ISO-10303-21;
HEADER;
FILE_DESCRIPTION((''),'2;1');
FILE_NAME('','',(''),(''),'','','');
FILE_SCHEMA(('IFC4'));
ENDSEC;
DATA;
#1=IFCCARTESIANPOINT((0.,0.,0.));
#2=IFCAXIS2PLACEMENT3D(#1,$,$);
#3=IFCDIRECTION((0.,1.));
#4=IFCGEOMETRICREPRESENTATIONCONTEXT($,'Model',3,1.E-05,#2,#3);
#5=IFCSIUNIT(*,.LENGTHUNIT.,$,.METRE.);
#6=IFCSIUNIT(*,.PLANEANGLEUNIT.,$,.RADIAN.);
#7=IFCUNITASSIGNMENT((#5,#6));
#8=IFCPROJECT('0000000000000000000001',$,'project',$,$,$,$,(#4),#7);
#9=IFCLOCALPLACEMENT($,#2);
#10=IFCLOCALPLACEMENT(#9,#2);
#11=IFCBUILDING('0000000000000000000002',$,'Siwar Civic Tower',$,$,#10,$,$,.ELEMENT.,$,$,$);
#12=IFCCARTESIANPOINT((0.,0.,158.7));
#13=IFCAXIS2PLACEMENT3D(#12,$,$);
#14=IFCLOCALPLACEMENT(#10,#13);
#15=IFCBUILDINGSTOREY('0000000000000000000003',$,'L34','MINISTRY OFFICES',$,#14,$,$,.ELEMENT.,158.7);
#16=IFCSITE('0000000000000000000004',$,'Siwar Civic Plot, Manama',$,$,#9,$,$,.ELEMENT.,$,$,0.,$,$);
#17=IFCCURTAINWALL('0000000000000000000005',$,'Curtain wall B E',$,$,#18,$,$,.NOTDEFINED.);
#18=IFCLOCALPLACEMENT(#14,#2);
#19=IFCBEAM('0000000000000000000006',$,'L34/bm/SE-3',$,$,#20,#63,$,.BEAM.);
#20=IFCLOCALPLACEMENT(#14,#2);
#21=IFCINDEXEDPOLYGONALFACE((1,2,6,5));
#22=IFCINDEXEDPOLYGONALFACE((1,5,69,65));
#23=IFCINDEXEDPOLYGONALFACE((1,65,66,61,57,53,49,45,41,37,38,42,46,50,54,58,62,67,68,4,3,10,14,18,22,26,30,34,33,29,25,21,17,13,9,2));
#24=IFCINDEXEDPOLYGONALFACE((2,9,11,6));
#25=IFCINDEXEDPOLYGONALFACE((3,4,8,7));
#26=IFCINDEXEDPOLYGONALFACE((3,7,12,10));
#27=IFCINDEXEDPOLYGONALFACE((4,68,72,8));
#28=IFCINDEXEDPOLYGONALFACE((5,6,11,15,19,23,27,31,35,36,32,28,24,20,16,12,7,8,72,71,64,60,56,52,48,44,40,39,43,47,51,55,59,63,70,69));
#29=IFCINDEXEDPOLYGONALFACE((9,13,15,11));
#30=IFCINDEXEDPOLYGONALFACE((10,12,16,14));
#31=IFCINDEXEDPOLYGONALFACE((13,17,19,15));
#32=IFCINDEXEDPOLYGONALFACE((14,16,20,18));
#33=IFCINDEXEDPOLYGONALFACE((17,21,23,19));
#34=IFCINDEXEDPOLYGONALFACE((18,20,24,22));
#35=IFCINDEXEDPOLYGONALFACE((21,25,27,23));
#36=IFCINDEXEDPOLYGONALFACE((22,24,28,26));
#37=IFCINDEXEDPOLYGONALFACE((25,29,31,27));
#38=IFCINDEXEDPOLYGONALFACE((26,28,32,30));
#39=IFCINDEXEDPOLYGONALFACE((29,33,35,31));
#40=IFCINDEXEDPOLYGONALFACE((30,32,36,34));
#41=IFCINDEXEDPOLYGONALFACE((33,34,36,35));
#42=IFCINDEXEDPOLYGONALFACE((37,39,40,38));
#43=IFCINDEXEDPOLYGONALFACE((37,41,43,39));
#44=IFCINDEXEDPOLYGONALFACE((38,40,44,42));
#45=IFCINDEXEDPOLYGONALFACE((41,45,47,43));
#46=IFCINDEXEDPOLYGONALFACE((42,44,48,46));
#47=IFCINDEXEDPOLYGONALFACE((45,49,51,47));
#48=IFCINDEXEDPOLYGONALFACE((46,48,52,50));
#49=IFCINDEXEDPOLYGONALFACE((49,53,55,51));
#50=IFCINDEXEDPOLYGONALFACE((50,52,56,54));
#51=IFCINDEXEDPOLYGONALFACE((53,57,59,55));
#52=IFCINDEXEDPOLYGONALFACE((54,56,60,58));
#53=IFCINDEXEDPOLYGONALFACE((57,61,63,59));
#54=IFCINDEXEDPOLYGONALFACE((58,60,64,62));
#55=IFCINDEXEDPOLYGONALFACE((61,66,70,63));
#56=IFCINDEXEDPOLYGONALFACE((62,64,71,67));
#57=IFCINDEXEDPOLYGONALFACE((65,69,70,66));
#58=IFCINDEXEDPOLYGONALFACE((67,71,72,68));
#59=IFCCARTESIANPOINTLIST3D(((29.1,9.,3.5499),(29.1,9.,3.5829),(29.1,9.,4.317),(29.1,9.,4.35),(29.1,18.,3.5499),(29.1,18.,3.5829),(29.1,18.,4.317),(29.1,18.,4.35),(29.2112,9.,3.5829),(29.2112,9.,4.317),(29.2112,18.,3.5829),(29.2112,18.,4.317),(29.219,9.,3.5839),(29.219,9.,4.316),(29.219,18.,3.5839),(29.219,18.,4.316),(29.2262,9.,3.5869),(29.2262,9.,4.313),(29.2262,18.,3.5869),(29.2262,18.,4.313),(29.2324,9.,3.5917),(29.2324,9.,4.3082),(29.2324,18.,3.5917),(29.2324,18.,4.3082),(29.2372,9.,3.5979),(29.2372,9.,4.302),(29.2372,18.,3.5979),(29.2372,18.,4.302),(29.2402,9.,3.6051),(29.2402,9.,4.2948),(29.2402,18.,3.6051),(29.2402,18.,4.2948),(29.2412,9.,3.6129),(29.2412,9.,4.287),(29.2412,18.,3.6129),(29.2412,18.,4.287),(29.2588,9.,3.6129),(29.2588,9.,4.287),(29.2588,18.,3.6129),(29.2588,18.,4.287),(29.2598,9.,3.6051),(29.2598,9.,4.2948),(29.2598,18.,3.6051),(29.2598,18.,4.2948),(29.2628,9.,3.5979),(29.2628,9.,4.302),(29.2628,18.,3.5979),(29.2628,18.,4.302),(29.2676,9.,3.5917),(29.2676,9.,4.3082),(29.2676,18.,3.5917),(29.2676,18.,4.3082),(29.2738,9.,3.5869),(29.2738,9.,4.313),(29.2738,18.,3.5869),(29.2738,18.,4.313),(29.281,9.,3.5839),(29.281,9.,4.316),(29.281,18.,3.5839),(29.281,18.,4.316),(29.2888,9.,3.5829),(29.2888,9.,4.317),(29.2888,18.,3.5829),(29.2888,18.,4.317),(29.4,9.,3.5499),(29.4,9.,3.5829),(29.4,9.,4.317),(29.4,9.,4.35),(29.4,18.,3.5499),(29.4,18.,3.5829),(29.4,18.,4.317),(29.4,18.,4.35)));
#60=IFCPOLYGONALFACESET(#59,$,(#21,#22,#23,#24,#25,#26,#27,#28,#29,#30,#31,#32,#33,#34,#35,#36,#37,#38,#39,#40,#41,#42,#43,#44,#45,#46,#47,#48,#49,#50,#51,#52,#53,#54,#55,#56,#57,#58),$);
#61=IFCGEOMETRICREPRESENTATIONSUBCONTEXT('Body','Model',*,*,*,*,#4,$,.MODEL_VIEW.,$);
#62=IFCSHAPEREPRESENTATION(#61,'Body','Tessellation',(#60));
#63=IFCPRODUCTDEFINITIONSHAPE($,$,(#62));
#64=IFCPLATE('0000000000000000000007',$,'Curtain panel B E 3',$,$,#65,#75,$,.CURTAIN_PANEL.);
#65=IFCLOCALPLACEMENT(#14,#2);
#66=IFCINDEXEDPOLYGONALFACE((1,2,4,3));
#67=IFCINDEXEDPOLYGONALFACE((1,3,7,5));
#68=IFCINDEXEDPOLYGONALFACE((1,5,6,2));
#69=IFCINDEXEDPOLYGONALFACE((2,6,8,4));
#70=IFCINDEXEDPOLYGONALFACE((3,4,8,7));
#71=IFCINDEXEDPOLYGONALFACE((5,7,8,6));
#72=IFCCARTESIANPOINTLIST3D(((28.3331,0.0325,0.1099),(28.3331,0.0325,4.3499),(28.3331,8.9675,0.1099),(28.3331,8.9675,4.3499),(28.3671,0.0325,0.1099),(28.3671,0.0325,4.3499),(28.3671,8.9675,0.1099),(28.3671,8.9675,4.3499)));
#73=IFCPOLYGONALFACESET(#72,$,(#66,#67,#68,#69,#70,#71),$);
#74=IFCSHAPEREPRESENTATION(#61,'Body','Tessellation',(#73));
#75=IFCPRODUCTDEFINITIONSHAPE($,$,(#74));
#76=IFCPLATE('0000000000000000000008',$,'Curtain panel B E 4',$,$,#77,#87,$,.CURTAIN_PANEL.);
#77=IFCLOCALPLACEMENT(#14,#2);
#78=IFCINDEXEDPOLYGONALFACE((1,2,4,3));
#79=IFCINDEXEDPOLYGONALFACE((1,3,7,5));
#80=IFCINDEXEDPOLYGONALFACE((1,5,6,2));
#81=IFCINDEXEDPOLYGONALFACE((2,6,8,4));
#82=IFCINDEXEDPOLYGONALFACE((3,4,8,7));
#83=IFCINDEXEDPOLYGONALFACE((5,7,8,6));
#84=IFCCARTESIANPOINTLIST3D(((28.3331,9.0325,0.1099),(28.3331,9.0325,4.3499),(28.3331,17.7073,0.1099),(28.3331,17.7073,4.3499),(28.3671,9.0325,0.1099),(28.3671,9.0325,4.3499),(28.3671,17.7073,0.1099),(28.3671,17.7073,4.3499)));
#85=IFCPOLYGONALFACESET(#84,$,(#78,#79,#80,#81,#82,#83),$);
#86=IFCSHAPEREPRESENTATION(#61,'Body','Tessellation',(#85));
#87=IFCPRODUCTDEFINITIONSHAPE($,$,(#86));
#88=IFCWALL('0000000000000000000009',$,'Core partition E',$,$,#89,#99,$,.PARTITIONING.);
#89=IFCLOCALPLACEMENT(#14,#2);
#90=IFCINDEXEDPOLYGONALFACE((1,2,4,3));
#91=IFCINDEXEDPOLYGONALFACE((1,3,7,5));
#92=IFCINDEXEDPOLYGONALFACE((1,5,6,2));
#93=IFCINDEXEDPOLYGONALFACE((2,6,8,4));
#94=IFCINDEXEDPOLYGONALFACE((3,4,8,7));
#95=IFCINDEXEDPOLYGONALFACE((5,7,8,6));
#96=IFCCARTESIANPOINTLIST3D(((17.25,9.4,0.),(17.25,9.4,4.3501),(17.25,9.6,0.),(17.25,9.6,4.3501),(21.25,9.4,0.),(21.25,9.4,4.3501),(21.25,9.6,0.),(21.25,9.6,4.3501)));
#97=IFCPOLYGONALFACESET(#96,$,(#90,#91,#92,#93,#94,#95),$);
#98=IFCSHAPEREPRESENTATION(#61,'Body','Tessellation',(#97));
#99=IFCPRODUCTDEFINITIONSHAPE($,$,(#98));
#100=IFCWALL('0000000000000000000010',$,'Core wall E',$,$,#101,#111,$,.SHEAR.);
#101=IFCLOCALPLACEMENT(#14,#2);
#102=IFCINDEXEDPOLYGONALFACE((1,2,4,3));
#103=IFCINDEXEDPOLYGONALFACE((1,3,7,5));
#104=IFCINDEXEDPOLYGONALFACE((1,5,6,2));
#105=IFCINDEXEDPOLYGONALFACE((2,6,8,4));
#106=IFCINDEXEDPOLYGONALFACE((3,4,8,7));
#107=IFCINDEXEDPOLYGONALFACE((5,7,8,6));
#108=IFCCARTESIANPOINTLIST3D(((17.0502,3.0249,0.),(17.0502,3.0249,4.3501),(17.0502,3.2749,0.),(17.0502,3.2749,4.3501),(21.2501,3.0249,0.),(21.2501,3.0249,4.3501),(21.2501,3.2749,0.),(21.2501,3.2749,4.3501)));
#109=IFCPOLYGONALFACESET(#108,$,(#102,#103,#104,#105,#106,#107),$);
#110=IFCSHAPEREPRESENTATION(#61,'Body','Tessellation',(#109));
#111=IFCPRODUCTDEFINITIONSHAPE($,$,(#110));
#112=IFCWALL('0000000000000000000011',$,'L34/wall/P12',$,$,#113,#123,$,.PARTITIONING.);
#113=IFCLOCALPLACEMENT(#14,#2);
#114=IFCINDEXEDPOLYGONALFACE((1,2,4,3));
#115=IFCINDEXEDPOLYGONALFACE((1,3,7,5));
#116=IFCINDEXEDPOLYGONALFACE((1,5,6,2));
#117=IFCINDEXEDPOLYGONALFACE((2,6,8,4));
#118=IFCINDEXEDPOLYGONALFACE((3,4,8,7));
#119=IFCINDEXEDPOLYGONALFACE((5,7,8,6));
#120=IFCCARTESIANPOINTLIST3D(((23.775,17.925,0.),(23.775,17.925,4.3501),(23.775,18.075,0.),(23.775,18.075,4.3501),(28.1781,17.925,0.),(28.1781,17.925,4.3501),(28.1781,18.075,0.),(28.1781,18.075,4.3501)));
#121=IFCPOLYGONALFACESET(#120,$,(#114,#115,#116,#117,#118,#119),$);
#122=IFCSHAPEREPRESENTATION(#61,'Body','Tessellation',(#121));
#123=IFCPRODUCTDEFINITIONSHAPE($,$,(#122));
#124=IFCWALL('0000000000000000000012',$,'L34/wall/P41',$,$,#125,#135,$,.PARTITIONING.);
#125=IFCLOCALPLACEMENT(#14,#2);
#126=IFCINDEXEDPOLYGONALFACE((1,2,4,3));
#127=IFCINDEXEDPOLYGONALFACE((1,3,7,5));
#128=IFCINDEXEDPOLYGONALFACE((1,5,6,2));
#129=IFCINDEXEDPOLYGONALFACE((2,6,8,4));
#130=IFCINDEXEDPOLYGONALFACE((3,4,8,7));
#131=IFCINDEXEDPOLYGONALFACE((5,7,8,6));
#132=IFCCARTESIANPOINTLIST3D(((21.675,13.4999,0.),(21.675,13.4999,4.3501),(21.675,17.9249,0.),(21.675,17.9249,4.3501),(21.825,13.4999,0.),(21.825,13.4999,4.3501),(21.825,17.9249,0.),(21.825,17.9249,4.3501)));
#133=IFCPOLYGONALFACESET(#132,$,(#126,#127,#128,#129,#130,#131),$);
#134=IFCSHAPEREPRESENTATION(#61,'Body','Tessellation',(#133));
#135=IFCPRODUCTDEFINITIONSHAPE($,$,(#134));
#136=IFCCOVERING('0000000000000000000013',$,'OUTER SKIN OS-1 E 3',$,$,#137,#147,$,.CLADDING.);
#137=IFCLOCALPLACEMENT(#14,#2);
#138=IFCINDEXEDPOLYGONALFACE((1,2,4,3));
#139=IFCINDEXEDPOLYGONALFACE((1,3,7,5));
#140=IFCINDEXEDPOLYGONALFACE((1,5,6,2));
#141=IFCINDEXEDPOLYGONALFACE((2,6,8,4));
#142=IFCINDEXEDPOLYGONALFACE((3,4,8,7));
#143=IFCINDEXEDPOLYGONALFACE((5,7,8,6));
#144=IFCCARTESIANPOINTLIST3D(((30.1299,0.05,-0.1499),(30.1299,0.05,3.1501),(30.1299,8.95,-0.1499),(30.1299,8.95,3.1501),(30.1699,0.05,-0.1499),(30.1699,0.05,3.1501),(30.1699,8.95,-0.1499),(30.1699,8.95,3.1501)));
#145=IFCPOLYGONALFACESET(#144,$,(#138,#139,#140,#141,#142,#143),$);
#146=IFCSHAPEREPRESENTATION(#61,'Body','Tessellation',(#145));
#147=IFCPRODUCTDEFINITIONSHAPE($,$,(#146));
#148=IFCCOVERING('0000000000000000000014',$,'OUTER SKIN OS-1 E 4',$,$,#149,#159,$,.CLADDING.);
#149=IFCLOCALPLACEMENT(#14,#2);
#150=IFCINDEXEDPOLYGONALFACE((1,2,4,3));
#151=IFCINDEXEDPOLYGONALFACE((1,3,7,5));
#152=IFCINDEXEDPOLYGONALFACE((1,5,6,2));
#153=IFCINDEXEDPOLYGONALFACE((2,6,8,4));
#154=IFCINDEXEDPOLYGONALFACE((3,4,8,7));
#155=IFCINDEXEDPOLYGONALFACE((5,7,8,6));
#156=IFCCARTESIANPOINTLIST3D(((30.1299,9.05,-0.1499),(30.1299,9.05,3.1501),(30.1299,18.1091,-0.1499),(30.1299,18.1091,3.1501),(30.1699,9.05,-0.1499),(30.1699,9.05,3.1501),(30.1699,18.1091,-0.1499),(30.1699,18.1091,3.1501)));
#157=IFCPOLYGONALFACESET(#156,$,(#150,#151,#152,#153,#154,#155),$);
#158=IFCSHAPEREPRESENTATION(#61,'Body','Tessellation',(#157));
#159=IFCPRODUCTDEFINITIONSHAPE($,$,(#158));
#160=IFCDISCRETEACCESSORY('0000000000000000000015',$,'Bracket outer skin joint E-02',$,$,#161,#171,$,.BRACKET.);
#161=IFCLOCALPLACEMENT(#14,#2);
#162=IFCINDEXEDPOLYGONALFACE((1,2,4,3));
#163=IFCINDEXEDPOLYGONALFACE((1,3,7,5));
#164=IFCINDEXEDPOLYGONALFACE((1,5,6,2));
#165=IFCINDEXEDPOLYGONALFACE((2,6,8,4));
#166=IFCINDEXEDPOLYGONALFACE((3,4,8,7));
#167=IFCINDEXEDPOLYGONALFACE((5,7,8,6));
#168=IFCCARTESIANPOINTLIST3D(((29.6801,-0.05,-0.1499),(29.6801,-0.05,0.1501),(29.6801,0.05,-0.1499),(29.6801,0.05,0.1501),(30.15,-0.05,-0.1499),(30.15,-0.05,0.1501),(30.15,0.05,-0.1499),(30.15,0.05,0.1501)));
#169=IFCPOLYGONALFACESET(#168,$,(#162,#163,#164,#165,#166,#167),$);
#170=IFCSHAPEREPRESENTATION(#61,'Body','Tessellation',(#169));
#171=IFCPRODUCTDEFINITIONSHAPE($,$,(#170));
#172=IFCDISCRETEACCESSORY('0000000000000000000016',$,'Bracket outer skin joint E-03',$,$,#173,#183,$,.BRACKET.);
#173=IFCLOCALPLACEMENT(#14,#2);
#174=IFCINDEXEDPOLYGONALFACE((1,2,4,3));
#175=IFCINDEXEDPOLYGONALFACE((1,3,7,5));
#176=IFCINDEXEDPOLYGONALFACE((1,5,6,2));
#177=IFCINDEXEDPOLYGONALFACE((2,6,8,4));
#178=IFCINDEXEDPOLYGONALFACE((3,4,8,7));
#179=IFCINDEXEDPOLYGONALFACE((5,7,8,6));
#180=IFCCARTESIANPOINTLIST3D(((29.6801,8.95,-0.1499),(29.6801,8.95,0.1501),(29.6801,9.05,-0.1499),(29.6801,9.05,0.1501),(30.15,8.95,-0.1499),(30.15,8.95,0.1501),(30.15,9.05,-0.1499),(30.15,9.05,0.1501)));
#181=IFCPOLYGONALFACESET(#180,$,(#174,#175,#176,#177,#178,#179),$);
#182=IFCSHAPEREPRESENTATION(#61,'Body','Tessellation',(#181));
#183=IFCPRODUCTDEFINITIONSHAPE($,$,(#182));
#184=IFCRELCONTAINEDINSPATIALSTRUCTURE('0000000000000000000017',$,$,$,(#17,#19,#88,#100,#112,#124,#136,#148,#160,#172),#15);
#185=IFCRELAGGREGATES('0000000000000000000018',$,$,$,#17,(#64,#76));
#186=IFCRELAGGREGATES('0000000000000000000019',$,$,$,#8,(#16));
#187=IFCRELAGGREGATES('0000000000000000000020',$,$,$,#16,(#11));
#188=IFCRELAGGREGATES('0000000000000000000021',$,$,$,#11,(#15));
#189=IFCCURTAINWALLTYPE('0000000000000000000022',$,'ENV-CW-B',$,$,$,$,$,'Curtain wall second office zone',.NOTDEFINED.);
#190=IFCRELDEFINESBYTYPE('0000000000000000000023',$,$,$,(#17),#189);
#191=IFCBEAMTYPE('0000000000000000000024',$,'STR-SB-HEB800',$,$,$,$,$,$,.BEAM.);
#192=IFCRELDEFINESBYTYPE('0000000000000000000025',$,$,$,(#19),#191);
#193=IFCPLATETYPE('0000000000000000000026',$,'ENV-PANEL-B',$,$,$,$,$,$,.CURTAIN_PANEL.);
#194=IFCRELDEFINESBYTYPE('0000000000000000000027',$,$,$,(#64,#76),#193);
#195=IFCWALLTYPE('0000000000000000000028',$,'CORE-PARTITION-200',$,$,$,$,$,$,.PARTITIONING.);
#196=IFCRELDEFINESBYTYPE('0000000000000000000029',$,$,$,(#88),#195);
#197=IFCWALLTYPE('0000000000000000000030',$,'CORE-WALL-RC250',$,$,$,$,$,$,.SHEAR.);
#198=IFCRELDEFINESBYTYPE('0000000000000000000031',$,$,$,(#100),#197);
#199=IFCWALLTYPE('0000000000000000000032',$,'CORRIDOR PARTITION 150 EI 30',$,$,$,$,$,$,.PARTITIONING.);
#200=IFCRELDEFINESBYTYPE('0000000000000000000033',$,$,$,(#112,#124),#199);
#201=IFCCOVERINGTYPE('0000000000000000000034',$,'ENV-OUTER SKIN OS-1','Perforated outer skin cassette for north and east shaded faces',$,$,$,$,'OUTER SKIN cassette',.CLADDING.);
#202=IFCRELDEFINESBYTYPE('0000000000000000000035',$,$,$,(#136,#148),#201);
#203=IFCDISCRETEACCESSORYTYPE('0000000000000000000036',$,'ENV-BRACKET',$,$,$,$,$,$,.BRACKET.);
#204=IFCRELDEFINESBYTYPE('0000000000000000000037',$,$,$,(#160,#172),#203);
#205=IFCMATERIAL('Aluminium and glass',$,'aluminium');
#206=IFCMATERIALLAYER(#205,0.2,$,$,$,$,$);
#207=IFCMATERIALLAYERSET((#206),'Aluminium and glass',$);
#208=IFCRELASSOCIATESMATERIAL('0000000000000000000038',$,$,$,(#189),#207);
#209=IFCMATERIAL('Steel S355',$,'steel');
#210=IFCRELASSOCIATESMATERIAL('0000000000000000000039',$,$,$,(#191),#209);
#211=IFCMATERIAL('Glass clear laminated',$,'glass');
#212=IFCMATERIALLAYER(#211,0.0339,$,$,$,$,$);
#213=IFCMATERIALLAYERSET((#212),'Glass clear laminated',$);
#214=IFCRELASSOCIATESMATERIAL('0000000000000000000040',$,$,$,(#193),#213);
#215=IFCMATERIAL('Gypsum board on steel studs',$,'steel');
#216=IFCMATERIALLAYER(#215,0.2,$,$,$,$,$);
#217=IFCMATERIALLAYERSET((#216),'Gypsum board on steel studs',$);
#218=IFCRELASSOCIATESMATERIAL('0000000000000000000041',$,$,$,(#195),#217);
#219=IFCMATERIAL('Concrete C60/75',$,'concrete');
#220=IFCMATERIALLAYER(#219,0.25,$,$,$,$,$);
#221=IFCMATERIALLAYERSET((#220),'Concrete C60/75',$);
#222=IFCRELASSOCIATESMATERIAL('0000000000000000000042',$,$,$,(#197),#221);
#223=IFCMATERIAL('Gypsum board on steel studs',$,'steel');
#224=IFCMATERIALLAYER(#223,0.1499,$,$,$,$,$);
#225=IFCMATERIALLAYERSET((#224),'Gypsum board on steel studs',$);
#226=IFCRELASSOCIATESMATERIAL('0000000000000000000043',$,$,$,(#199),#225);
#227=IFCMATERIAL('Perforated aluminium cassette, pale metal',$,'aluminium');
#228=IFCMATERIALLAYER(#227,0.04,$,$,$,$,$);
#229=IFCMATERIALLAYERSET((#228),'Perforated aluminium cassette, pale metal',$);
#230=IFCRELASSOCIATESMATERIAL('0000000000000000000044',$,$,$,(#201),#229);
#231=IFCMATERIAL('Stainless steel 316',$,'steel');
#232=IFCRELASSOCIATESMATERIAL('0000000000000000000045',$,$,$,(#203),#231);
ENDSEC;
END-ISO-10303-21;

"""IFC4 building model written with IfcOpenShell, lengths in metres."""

from ifc_helpers import new_model, si_unit, direction, frame, frame_2d, origin, origin_2d, place, context, subcontext, project, spatial, rectangle, i_section, extrude, material, layer, layer_set, material_profile, profile_set, type_object, element, aggregate, save


model = new_model("IFC4")

# Units and contexts
model_context = context("Model", 3, precision=1e-05, world=origin(), true_north=direction((0.0, 1.0)))
body_context = subcontext(model_context, "Body", "Model", "MODEL_VIEW")
ifc_project = project(units=[si_unit("LENGTHUNIT", "METRE"), si_unit("PLANEANGLEUNIT", "RADIAN")], contexts=[model_context])

# Site, building, storey
site_placement = place(None, origin())
site = spatial("IfcSite", under=ifc_project, at=site_placement, Name="Siwar Civic Plot, Manama", CompositionType="ELEMENT", RefElevation=0.0)
building_placement = place(site_placement, origin())
building = spatial("IfcBuilding", under=site, at=building_placement, Name="Siwar Civic Tower", CompositionType="ELEMENT")
storey_placement = place(building_placement, frame((0.0, 0.0, 158.7)))
storey = spatial("IfcBuildingStorey", under=building, at=storey_placement, Name="L34", Description="MINISTRY OFFICES", CompositionType="ELEMENT", Elevation=158.7)

# Curtain wall
ifc_material_1 = material(Name="Aluminium and glass", Category="aluminium")
ifc_layer_1 = layer(ifc_material_1, 0.2)
ifc_layer_set_1 = layer_set([ifc_layer_1], Name="Aluminium and glass")
curtain_wall_type_1 = type_object("IfcCurtainWallType", Name="ENV-CW-B", ElementType="Curtain wall second office zone", PredefinedType="NOTDEFINED", material=ifc_layer_set_1)
curtain_wall_1_placement = place(storey_placement, origin())
curtain_wall_1 = element("IfcCurtainWall", 1, at=curtain_wall_1_placement, inside=storey, type_object=curtain_wall_type_1, Name="Curtain wall B E", PredefinedType="NOTDEFINED")

# Beam
ifc_material_2 = material(Name="Steel S355", Category="steel")
ifc_material_profile_1 = material_profile(ifc_material_2, i_section(OverallWidth=0.3, OverallDepth=0.8, WebThickness=0.0176, FlangeThickness=0.033, FilletRadius=0.03, at=origin_2d()), Name="HEB800")
ifc_profile_set_1 = profile_set([ifc_material_profile_1], Name="Steel S355")
beam_type_1 = type_object("IfcBeamType", Name="STR-SB-HEB800", PredefinedType="BEAM", material=ifc_profile_set_1)
for number, where, z_axis, x_axis, name in (
    (2, (29.25, 9.0, 3.95), (0.0, 1.0, 0.0), (-1.0, 0.0, 0.0), "L34/bm/SE-3"),
):
    element("IfcBeam", number, at=place(storey_placement, frame(where, z_axis=z_axis, x_axis=x_axis)), inside=storey, type_object=beam_type_1, Name=name, PredefinedType="BEAM", context=body_context, shape_type="SweptSolid", body=[
        extrude(i_section(OverallWidth=0.3, OverallDepth=0.8, WebThickness=0.0176, FlangeThickness=0.033, FilletRadius=0.03, at=origin_2d()), origin(), (0.0, 0.0, 1.0), 9.0),
    ])

# Plates
ifc_material_3 = material(Name="Glass clear laminated", Category="glass")
ifc_layer_2 = layer(ifc_material_3, 0.0339)
ifc_layer_set_2 = layer_set([ifc_layer_2], Name="Glass clear laminated")
plate_type = type_object("IfcPlateType", Name="ENV-PANEL-B", PredefinedType="CURTAIN_PANEL", material=ifc_layer_set_2)
plate_1_placement = place(storey_placement, frame((28.3501, 4.5, 0.1099), z_axis=(0.0, 0.0, 1.0), x_axis=(0.0, 1.0, 0.0)))
plate_1 = element("IfcPlate", 3, at=plate_1_placement, type_object=plate_type, Name="Curtain panel B E 3", PredefinedType="CURTAIN_PANEL", context=body_context, shape_type="SweptSolid", body=[
    extrude(rectangle(XDim=8.9351, YDim=0.0339, at=origin_2d()), origin(), (0.0, 0.0, 1.0), 4.24),
])
plate_2_placement = place(storey_placement, frame((28.3501, 13.3699, 0.1099), z_axis=(0.0, 0.0, 1.0), x_axis=(0.0, 1.0, 0.0)))
plate_2 = element("IfcPlate", 4, at=plate_2_placement, type_object=plate_type, Name="Curtain panel B E 4", PredefinedType="CURTAIN_PANEL", context=body_context, shape_type="SweptSolid", body=[
    extrude(rectangle(XDim=8.6748, YDim=0.0339, at=origin_2d()), origin(), (0.0, 0.0, 1.0), 4.24),
])
aggregate(curtain_wall_1, [plate_1, plate_2])

# Walls
ifc_material_4 = material(Name="Gypsum board on steel studs", Category="steel")
ifc_layer_3 = layer(ifc_material_4, 0.2)
ifc_layer_set_3 = layer_set([ifc_layer_3], Name="Gypsum board on steel studs")
wall_type_1 = type_object("IfcWallType", Name="CORE-PARTITION-200", PredefinedType="PARTITIONING", material=ifc_layer_set_3)
wall_1_placement = place(storey_placement, frame((17.25, 9.5, 0.0), z_axis=(0.0, 0.0, 1.0), x_axis=(1.0, 0.0, 0.0)))
element("IfcWall", 5, at=wall_1_placement, inside=storey, type_object=wall_type_1, Name="Core partition E", PredefinedType="PARTITIONING", context=body_context, shape_type="SweptSolid", body=[
    extrude(rectangle(XDim=4.0, YDim=0.2, at=frame_2d((2.0, 0.0))), origin(), (0.0, 0.0, 1.0), 4.3501),
])
ifc_material_5 = material(Name="Concrete C60/75", Category="concrete")
ifc_layer_4 = layer(ifc_material_5, 0.25)
ifc_layer_set_4 = layer_set([ifc_layer_4], Name="Concrete C60/75")
wall_type_2 = type_object("IfcWallType", Name="CORE-WALL-RC250", PredefinedType="SHEAR", material=ifc_layer_set_4)
wall_2_placement = place(storey_placement, frame((17.05, 3.1499, 0.0), z_axis=(0.0, 0.0, 1.0), x_axis=(1.0, 0.0, 0.0)))
element("IfcWall", 6, at=wall_2_placement, inside=storey, type_object=wall_type_2, Name="Core wall E", PredefinedType="SHEAR", context=body_context, shape_type="SweptSolid", body=[
    extrude(rectangle(XDim=4.2, YDim=0.25, at=frame_2d((2.1001, 0.0))), origin(), (0.0, 0.0, 1.0), 4.3501),
])
ifc_material_6 = material(Name="Gypsum board on steel studs", Category="steel")
ifc_layer_5 = layer(ifc_material_6, 0.1499)
ifc_layer_set_5 = layer_set([ifc_layer_5], Name="Gypsum board on steel studs")
wall_type_3 = type_object("IfcWallType", Name="CORRIDOR PARTITION 150 EI 30", PredefinedType="PARTITIONING", material=ifc_layer_set_5)
wall_3_placement = place(storey_placement, frame((23.7749, 18.0, 0.0), z_axis=(0.0, 0.0, 1.0), x_axis=(1.0, 0.0, 0.0)))
element("IfcWall", 7, at=wall_3_placement, inside=storey, type_object=wall_type_3, Name="L34/wall/P12", PredefinedType="PARTITIONING", context=body_context, shape_type="SweptSolid", body=[
    extrude(rectangle(XDim=4.4031, YDim=0.1499, at=frame_2d((2.2017, 0.0))), origin(), (0.0, 0.0, 1.0), 4.3501),
])
wall_4_placement = place(storey_placement, frame((21.75, 13.5, 0.0), z_axis=(0.0, 0.0, 1.0), x_axis=(0.0, 1.0, 0.0)))
element("IfcWall", 8, at=wall_4_placement, inside=storey, type_object=wall_type_3, Name="L34/wall/P41", PredefinedType="PARTITIONING", context=body_context, shape_type="SweptSolid", body=[
    extrude(rectangle(XDim=4.425, YDim=0.1499, at=frame_2d((2.2124, 0.0))), origin(), (0.0, 0.0, 1.0), 4.3501),
])

# Coverings
ifc_material_7 = material(Name="Perforated aluminium cassette, pale metal", Category="aluminium")
ifc_layer_6 = layer(ifc_material_7, 0.04)
ifc_layer_set_6 = layer_set([ifc_layer_6], Name="Perforated aluminium cassette, pale metal")
covering_type = type_object("IfcCoveringType", Name="ENV-OUTER SKIN OS-1", Description="Perforated outer skin cassette for north and east shaded faces", ElementType="OUTER SKIN cassette", PredefinedType="CLADDING", material=ifc_layer_set_6)
covering_1_placement = place(storey_placement, frame((30.1499, 4.5, -0.1499), z_axis=(0.0, 0.0, 1.0), x_axis=(0.0, 1.0, 0.0)))
element("IfcCovering", 9, at=covering_1_placement, inside=storey, type_object=covering_type, Name="OUTER SKIN OS-1 E 3", PredefinedType="CLADDING", context=body_context, shape_type="SweptSolid", body=[
    extrude(rectangle(XDim=8.8999, YDim=0.04, at=origin_2d()), origin(), (0.0, 0.0, 1.0), 3.3),
])
covering_2_placement = place(storey_placement, frame((30.1499, 13.5796, -0.1499), z_axis=(0.0, 0.0, 1.0), x_axis=(0.0, 1.0, 0.0)))
element("IfcCovering", 10, at=covering_2_placement, inside=storey, type_object=covering_type, Name="OUTER SKIN OS-1 E 4", PredefinedType="CLADDING", context=body_context, shape_type="SweptSolid", body=[
    extrude(rectangle(XDim=9.0591, YDim=0.04, at=origin_2d()), origin(), (0.0, 0.0, 1.0), 3.3),
])

# Discrete accessories
ifc_material_8 = material(Name="Stainless steel 316", Category="steel")
discrete_accessory_type = type_object("IfcDiscreteAccessoryType", Name="ENV-BRACKET", PredefinedType="BRACKET", material=ifc_material_8)
for number, where, z_axis, x_axis, name in (
    (11, (29.915, 0.0, -0.1499), (0.0, 0.0, 1.0), (1.0, 0.0, 0.0), "Bracket outer skin joint E-02"),
    (12, (29.915, 9.0, -0.1499), (0.0, 0.0, 1.0), (1.0, 0.0, 0.0), "Bracket outer skin joint E-03"),
):
    element("IfcDiscreteAccessory", number, at=place(storey_placement, frame(where, z_axis=z_axis, x_axis=x_axis)), inside=storey, type_object=discrete_accessory_type, Name=name, PredefinedType="BRACKET", context=body_context, shape_type="SweptSolid", body=[
        extrude(rectangle(XDim=0.47, YDim=0.1001, at=origin_2d()), origin(), (0.0, 0.0, 1.0), 0.3),
    ])

save(model, "model.ifc")
